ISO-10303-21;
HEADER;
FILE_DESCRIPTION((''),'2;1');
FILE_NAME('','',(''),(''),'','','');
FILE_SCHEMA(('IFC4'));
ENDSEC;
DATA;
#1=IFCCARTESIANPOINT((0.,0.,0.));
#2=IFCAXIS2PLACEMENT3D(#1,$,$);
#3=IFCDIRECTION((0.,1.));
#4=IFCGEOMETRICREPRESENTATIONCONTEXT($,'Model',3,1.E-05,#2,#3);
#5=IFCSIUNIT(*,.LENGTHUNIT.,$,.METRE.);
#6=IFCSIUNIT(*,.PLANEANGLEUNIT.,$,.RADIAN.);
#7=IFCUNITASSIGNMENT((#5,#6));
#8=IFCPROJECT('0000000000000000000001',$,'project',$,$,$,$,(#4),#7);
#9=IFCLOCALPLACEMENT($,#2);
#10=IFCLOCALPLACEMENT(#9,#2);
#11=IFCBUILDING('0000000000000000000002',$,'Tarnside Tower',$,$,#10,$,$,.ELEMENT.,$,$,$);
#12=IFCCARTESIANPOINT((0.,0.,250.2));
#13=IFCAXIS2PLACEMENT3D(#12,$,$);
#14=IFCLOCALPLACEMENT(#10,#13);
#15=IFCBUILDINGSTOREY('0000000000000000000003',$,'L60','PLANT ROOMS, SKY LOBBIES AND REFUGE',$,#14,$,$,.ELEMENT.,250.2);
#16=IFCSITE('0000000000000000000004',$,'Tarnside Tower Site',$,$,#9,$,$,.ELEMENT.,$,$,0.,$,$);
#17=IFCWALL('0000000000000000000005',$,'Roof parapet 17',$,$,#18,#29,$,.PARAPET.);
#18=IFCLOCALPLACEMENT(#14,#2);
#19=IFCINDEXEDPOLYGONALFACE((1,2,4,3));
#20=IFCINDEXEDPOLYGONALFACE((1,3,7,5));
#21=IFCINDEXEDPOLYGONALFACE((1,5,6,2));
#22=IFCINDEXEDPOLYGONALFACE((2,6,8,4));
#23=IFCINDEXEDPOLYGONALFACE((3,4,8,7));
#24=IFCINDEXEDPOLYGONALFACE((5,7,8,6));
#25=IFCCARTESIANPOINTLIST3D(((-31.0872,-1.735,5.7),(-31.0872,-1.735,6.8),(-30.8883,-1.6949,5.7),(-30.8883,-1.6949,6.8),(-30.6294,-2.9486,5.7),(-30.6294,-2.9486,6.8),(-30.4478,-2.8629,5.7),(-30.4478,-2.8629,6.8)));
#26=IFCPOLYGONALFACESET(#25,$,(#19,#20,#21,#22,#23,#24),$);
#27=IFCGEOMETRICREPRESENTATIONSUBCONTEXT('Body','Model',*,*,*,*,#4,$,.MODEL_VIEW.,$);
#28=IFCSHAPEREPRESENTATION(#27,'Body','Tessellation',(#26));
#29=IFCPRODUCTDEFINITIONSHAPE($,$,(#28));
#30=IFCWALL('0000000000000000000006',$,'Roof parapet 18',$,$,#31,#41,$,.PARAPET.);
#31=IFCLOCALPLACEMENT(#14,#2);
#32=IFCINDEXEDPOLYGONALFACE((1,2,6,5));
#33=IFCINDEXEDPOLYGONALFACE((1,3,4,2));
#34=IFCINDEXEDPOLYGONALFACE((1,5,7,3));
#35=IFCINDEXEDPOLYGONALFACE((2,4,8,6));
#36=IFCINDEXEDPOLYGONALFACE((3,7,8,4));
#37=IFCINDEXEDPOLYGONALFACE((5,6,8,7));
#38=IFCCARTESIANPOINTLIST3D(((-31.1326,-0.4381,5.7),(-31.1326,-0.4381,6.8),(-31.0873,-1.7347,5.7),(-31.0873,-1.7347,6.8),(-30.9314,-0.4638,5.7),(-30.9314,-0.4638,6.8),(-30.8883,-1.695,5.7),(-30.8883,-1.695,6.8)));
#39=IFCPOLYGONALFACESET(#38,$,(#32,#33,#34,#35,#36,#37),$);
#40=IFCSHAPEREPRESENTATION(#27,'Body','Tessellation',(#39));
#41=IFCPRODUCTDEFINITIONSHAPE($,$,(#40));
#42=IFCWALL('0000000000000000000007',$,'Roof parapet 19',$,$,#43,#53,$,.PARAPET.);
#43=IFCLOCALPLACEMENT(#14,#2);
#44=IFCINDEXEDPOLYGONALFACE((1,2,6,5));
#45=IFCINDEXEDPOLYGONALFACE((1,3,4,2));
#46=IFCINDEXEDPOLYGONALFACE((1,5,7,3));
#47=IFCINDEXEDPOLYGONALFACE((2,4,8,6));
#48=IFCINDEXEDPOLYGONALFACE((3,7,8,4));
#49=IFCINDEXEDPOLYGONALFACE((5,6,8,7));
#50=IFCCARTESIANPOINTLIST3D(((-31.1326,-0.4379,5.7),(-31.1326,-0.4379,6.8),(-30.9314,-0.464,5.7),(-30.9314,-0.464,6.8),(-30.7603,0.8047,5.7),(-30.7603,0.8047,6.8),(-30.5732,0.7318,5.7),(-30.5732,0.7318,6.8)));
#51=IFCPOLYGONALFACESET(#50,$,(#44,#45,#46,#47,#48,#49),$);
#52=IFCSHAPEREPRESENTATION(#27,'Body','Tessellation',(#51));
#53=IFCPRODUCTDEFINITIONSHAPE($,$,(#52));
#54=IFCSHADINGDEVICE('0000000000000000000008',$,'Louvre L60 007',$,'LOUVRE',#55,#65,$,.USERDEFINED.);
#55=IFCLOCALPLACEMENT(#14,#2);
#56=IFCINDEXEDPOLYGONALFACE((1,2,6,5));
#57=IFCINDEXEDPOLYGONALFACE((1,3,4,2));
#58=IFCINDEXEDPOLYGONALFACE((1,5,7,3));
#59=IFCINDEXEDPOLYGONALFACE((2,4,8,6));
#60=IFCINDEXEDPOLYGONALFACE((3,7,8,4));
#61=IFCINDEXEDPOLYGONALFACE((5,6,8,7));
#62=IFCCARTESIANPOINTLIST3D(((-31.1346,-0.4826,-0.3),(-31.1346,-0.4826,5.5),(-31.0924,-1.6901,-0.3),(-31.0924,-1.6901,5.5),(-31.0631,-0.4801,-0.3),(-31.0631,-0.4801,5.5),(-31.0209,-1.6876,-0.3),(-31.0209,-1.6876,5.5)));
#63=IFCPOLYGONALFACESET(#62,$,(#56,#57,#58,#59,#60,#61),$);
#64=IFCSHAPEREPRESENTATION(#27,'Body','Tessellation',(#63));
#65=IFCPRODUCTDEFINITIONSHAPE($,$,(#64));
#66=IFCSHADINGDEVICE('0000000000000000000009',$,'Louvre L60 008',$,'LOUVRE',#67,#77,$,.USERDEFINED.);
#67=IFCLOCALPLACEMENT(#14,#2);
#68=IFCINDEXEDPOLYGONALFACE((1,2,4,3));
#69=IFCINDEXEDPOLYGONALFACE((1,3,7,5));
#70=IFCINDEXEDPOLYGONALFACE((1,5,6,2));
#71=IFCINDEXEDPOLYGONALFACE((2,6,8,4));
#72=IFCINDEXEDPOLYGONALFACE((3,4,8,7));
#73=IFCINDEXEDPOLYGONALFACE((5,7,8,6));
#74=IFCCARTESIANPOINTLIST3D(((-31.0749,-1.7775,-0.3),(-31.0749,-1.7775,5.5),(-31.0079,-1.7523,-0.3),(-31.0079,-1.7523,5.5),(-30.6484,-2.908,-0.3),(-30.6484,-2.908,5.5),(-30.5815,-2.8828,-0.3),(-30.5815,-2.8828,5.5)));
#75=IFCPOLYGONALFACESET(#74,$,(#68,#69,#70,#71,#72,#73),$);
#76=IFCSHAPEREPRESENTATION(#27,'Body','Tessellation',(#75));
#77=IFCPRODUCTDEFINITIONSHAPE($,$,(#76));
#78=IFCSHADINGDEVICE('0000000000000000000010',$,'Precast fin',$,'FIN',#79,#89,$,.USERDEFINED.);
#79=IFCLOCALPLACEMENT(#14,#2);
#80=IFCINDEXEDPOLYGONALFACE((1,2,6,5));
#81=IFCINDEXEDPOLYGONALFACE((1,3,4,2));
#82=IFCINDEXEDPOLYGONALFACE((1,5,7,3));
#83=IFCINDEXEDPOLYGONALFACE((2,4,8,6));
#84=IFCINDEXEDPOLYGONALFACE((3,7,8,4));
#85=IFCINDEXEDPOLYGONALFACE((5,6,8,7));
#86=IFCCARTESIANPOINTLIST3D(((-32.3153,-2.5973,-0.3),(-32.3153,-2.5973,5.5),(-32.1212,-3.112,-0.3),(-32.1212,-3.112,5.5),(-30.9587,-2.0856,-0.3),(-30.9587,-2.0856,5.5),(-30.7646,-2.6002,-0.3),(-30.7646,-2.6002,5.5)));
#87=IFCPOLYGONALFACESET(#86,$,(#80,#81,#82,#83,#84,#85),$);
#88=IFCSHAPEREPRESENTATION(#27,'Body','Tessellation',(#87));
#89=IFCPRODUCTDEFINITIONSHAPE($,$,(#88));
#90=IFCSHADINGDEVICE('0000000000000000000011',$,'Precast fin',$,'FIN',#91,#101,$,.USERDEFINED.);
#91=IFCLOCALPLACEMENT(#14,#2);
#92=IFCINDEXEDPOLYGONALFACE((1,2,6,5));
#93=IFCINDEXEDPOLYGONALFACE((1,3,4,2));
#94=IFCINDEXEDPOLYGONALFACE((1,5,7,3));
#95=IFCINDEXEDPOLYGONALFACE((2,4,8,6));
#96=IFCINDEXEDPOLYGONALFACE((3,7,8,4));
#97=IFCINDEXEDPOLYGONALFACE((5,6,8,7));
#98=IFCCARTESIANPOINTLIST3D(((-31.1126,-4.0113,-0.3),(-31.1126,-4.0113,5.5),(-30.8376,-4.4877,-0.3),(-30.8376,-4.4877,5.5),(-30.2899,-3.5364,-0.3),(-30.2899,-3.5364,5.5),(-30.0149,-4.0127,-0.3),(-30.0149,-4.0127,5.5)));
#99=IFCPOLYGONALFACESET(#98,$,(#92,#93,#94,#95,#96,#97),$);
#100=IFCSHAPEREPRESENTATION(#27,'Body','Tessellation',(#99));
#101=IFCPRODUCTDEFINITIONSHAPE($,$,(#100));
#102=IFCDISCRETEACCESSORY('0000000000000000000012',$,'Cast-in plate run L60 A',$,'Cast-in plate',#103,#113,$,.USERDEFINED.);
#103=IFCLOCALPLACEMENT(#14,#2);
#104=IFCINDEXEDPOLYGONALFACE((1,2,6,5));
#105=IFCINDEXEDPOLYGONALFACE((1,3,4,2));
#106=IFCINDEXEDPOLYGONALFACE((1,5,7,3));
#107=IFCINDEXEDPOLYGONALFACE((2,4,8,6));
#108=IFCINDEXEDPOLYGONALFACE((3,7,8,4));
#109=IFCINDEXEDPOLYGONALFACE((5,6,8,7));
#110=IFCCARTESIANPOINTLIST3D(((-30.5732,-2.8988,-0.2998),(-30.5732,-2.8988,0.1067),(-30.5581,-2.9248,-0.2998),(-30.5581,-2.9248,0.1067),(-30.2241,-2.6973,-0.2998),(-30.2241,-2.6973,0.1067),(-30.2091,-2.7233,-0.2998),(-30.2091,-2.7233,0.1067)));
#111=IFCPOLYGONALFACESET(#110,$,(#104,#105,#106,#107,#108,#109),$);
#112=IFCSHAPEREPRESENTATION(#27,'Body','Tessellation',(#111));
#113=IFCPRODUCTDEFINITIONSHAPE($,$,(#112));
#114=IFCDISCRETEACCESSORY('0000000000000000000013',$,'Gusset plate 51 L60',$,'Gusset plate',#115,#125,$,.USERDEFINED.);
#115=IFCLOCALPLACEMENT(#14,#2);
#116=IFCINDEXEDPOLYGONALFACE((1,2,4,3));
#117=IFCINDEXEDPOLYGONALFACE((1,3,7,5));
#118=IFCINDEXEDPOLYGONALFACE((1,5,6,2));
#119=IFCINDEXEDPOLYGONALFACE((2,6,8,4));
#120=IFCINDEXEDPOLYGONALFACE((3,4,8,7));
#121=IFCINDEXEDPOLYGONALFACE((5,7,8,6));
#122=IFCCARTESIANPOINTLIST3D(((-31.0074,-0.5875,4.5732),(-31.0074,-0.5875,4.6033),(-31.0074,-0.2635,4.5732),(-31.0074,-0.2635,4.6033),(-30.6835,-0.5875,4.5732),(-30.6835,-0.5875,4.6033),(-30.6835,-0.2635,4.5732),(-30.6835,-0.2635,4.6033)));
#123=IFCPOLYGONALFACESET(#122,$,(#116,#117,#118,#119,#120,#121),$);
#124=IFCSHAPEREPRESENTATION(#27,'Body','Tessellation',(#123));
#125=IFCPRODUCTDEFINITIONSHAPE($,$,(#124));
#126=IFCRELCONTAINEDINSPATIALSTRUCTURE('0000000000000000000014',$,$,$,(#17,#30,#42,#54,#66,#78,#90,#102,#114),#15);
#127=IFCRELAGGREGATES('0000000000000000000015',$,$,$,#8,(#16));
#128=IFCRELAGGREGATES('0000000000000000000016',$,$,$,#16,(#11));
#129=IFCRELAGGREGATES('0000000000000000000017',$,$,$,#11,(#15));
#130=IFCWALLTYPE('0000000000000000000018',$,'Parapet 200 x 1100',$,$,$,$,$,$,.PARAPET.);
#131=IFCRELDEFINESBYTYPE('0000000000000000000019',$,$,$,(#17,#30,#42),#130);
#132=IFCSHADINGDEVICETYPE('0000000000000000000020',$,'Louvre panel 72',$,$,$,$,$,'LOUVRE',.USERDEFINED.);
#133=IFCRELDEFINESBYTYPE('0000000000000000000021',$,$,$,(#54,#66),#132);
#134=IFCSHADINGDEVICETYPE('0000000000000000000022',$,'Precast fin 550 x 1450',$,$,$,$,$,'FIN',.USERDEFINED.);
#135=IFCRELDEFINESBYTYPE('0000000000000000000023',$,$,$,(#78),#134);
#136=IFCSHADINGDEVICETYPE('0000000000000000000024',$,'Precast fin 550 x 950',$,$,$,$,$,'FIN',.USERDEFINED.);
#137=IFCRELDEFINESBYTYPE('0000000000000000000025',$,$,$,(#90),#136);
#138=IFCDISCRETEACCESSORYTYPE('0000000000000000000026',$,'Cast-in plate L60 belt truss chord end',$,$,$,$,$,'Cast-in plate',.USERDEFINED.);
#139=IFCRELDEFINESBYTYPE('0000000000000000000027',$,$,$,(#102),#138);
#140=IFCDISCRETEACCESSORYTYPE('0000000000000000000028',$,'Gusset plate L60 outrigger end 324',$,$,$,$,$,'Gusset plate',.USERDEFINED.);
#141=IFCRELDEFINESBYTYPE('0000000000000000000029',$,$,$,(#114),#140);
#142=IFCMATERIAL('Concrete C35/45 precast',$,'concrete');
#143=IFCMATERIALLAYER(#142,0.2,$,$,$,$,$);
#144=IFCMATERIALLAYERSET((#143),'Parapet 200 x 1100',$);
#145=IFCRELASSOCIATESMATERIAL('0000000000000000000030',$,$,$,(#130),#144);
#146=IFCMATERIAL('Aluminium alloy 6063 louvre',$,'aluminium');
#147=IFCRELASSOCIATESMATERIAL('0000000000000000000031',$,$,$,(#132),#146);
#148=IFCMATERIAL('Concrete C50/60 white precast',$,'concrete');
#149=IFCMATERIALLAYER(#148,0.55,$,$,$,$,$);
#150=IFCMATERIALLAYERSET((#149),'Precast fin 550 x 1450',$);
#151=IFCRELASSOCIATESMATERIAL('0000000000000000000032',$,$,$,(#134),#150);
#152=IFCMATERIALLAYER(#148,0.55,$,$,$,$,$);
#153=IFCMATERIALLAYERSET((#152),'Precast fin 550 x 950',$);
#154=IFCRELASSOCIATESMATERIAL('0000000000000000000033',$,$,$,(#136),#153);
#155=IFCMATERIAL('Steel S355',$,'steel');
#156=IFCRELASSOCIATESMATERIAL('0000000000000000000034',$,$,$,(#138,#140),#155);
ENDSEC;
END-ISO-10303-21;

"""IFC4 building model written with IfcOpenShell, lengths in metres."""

from ifc_helpers import new_model, si_unit, direction, frame, origin, origin_2d, place, context, subcontext, project, spatial, polyline, rectangle, outline, extrude, material, layer, layer_set, type_object, element, save


model = new_model("IFC4")

# Units and contexts
model_context = context("Model", 3, precision=1e-05, world=origin(), true_north=direction((0.0, 1.0)))
body_context = subcontext(model_context, "Body", "Model", "MODEL_VIEW")
ifc_project = project(units=[si_unit("LENGTHUNIT", "METRE"), si_unit("PLANEANGLEUNIT", "RADIAN")], contexts=[model_context])

# Site, building, storey
site_placement = place(None, origin())
site = spatial("IfcSite", under=ifc_project, at=site_placement, Name="Tarnside Tower Site", CompositionType="ELEMENT", RefElevation=0.0)
building_placement = place(site_placement, origin())
building = spatial("IfcBuilding", under=site, at=building_placement, Name="Tarnside Tower", CompositionType="ELEMENT")
storey_placement = place(building_placement, frame((0.0, 0.0, 250.2)))
storey = spatial("IfcBuildingStorey", under=building, at=storey_placement, Name="L60", Description="PLANT ROOMS, SKY LOBBIES AND REFUGE", CompositionType="ELEMENT", Elevation=250.2)

# Shared definitions
ifc_material_1 = material(Name="Steel S355", Category="steel")

# Walls
ifc_material_2 = material(Name="Concrete C35/45 precast", Category="concrete")
ifc_layer_1 = layer(ifc_material_2, 0.2)
ifc_layer_set_1 = layer_set([ifc_layer_1], Name="Parapet 200 x 1100")
wall_type = type_object("IfcWallType", Name="Parapet 200 x 1100", PredefinedType="PARAPET", material=ifc_layer_set_1)
wall_1_placement = place(storey_placement, frame((-30.5386, -2.9058, 5.7), z_axis=(0.0, 0.0, 1.0), x_axis=(-0.352931, 0.93565, 0.0)))
element("IfcWall", 1, at=wall_1_placement, inside=storey, type_object=wall_type, Name="Roof parapet 17", PredefinedType="PARAPET", context=body_context, shape_type="SweptSolid", body=[
    extrude(outline(polyline([(0.0081, -0.1001), (1.2563, -0.1001), (1.2891, 0.1001), (-0.0081, 0.1001), (0.0081, -0.1001)])), origin(), (0.0, 0.0, 1.0), 1.1001),
])
wall_2_placement = place(storey_placement, frame((-30.9878, -1.7148, 5.7), z_axis=(0.0, 0.0, 1.0), x_axis=(-0.034941, 0.999389, 0.0)))
element("IfcWall", 2, at=wall_2_placement, inside=storey, type_object=wall_type, Name="Roof parapet 18", PredefinedType="PARAPET", context=body_context, shape_type="SweptSolid", body=[
    extrude(outline(polyline([(0.0164, -0.1001), (1.2483, -0.1001), (1.281, 0.1001), (-0.0164, 0.1001), (0.0164, -0.1001)])), origin(), (0.0, 0.0, 1.0), 1.1001),
])
wall_3_placement = place(storey_placement, frame((-31.032, -0.4509, 5.7), z_axis=(0.0, 0.0, 1.0), x_axis=(0.286961, 0.957942, 0.0)))
element("IfcWall", 3, at=wall_3_placement, inside=storey, type_object=wall_type, Name="Roof parapet 19", PredefinedType="PARAPET", context=body_context, shape_type="SweptSolid", body=[
    extrude(outline(polyline([(0.0164, -0.1001), (1.2646, -0.1001), (1.2808, 0.1001), (-0.0164, 0.1001), (0.0164, -0.1001)])), origin(), (0.0, 0.0, 1.0), 1.1001),
])

# Shading devices
ifc_material_3 = material(Name="Aluminium alloy 6063 louvre", Category="aluminium")
shading_device_type_1 = type_object("IfcShadingDeviceType", Name="Louvre panel 72", ElementType="LOUVRE", PredefinedType="USERDEFINED", material=ifc_material_3)
for number, where, z_axis, x_axis, name in (
    (4, (-31.042, -1.084, -0.3), (-0.034927, 0.99939, 0.0), (-0.99939, -0.034927, 0.0), "Louvre L60 007"),
    (5, (-30.7947, -2.3176, -0.3), (-0.352937, 0.935647, 0.0), (-0.935647, -0.352937, 0.0), "Louvre L60 008"),
):
    element("IfcShadingDevice", number, at=place(storey_placement, frame(where, z_axis=z_axis, x_axis=x_axis)), inside=storey, type_object=shading_device_type_1, Name=name, ObjectType="LOUVRE", PredefinedType="USERDEFINED", context=body_context, shape_type="SweptSolid", body=[
        extrude(outline(polyline([(0.0, 0.0), (0.0715, 0.0), (0.0715, 5.8), (0.0, 5.8), (0.0, 0.0)])), frame((0.0, 0.0, -0.604)), (0.0, 0.0, 1.0), 1.2083),
    ])
ifc_material_4 = material(Name="Concrete C50/60 white precast", Category="concrete")
ifc_layer_2 = layer(ifc_material_4, 0.55)
ifc_layer_set_2 = layer_set([ifc_layer_2], Name="Precast fin 550 x 1450")
shading_device_type_2 = type_object("IfcShadingDeviceType", Name="Precast fin 550 x 1450", ElementType="FIN", PredefinedType="USERDEFINED", material=ifc_layer_set_2)
shading_device_1_placement = place(storey_placement, frame((-30.8616, -2.343, -0.3), z_axis=(-0.352931, 0.93565, 0.0), x_axis=(-0.93565, -0.352931, 0.0)))
element("IfcShadingDevice", 6, at=shading_device_1_placement, inside=storey, type_object=shading_device_type_2, Name="Precast fin", ObjectType="FIN", PredefinedType="USERDEFINED", context=body_context, shape_type="SweptSolid", body=[
    extrude(outline(polyline([(0.0, 0.0), (1.45, 0.0), (1.45, 5.8), (0.0, 5.8), (0.0, 0.0)])), frame((0.0, 0.0, -0.2749)), (0.0, 0.0, 1.0), 0.55),
])
ifc_layer_3 = layer(ifc_material_4, 0.55)
ifc_layer_set_3 = layer_set([ifc_layer_3], Name="Precast fin 550 x 950")
shading_device_type_3 = type_object("IfcShadingDeviceType", Name="Precast fin 550 x 950", ElementType="FIN", PredefinedType="USERDEFINED", material=ifc_layer_set_3)
shading_device_2_placement = place(storey_placement, frame((-30.1523, -3.7747, -0.3), z_axis=(-0.5, 0.866025, 0.0), x_axis=(-0.866025, -0.5, 0.0)))
element("IfcShadingDevice", 7, at=shading_device_2_placement, inside=storey, type_object=shading_device_type_3, Name="Precast fin", ObjectType="FIN", PredefinedType="USERDEFINED", context=body_context, shape_type="SweptSolid", body=[
    extrude(outline(polyline([(0.0, 0.0), (0.95, 0.0), (0.95, 5.8), (0.0, 5.8), (0.0, 0.0)])), frame((0.0, 0.0, -0.2749)), (0.0, 0.0, 1.0), 0.55),
])

# Discrete accessories
discrete_accessory_type_1 = type_object("IfcDiscreteAccessoryType", Name="Cast-in plate L60 belt truss chord end", ElementType="Cast-in plate", PredefinedType="USERDEFINED", material=ifc_material_1)
discrete_accessory_1_placement = place(storey_placement, frame((-30.3911, -2.811, -0.2998), z_axis=(0.0, 0.0, 1.0), x_axis=(0.5, -0.866025, 0.0)))
element("IfcDiscreteAccessory", 8, at=discrete_accessory_1_placement, inside=storey, type_object=discrete_accessory_type_1, Name="Cast-in plate run L60 A", ObjectType="Cast-in plate", PredefinedType="USERDEFINED", context=body_context, shape_type="SweptSolid", body=[
    extrude(rectangle(XDim=0.03, YDim=0.4031, at=origin_2d()), origin(), (0.0, 0.0, 1.0), 0.4065),
])
discrete_accessory_type_2 = type_object("IfcDiscreteAccessoryType", Name="Gusset plate L60 outrigger end 324", ElementType="Gusset plate", PredefinedType="USERDEFINED", material=ifc_material_1)
discrete_accessory_2_placement = place(storey_placement, frame((-30.8455, -0.4255, 4.5732), z_axis=(0.0, 0.0, 1.0), x_axis=(1.0, 0.0, 0.0)))
element("IfcDiscreteAccessory", 9, at=discrete_accessory_2_placement, inside=storey, type_object=discrete_accessory_type_2, Name="Gusset plate 51 L60", ObjectType="Gusset plate", PredefinedType="USERDEFINED", context=body_context, shape_type="SweptSolid", body=[
    extrude(rectangle(XDim=0.324, YDim=0.324, at=origin_2d()), origin(), (0.0, 0.0, 1.0), 0.03),
])

save(model, "model.ifc")
